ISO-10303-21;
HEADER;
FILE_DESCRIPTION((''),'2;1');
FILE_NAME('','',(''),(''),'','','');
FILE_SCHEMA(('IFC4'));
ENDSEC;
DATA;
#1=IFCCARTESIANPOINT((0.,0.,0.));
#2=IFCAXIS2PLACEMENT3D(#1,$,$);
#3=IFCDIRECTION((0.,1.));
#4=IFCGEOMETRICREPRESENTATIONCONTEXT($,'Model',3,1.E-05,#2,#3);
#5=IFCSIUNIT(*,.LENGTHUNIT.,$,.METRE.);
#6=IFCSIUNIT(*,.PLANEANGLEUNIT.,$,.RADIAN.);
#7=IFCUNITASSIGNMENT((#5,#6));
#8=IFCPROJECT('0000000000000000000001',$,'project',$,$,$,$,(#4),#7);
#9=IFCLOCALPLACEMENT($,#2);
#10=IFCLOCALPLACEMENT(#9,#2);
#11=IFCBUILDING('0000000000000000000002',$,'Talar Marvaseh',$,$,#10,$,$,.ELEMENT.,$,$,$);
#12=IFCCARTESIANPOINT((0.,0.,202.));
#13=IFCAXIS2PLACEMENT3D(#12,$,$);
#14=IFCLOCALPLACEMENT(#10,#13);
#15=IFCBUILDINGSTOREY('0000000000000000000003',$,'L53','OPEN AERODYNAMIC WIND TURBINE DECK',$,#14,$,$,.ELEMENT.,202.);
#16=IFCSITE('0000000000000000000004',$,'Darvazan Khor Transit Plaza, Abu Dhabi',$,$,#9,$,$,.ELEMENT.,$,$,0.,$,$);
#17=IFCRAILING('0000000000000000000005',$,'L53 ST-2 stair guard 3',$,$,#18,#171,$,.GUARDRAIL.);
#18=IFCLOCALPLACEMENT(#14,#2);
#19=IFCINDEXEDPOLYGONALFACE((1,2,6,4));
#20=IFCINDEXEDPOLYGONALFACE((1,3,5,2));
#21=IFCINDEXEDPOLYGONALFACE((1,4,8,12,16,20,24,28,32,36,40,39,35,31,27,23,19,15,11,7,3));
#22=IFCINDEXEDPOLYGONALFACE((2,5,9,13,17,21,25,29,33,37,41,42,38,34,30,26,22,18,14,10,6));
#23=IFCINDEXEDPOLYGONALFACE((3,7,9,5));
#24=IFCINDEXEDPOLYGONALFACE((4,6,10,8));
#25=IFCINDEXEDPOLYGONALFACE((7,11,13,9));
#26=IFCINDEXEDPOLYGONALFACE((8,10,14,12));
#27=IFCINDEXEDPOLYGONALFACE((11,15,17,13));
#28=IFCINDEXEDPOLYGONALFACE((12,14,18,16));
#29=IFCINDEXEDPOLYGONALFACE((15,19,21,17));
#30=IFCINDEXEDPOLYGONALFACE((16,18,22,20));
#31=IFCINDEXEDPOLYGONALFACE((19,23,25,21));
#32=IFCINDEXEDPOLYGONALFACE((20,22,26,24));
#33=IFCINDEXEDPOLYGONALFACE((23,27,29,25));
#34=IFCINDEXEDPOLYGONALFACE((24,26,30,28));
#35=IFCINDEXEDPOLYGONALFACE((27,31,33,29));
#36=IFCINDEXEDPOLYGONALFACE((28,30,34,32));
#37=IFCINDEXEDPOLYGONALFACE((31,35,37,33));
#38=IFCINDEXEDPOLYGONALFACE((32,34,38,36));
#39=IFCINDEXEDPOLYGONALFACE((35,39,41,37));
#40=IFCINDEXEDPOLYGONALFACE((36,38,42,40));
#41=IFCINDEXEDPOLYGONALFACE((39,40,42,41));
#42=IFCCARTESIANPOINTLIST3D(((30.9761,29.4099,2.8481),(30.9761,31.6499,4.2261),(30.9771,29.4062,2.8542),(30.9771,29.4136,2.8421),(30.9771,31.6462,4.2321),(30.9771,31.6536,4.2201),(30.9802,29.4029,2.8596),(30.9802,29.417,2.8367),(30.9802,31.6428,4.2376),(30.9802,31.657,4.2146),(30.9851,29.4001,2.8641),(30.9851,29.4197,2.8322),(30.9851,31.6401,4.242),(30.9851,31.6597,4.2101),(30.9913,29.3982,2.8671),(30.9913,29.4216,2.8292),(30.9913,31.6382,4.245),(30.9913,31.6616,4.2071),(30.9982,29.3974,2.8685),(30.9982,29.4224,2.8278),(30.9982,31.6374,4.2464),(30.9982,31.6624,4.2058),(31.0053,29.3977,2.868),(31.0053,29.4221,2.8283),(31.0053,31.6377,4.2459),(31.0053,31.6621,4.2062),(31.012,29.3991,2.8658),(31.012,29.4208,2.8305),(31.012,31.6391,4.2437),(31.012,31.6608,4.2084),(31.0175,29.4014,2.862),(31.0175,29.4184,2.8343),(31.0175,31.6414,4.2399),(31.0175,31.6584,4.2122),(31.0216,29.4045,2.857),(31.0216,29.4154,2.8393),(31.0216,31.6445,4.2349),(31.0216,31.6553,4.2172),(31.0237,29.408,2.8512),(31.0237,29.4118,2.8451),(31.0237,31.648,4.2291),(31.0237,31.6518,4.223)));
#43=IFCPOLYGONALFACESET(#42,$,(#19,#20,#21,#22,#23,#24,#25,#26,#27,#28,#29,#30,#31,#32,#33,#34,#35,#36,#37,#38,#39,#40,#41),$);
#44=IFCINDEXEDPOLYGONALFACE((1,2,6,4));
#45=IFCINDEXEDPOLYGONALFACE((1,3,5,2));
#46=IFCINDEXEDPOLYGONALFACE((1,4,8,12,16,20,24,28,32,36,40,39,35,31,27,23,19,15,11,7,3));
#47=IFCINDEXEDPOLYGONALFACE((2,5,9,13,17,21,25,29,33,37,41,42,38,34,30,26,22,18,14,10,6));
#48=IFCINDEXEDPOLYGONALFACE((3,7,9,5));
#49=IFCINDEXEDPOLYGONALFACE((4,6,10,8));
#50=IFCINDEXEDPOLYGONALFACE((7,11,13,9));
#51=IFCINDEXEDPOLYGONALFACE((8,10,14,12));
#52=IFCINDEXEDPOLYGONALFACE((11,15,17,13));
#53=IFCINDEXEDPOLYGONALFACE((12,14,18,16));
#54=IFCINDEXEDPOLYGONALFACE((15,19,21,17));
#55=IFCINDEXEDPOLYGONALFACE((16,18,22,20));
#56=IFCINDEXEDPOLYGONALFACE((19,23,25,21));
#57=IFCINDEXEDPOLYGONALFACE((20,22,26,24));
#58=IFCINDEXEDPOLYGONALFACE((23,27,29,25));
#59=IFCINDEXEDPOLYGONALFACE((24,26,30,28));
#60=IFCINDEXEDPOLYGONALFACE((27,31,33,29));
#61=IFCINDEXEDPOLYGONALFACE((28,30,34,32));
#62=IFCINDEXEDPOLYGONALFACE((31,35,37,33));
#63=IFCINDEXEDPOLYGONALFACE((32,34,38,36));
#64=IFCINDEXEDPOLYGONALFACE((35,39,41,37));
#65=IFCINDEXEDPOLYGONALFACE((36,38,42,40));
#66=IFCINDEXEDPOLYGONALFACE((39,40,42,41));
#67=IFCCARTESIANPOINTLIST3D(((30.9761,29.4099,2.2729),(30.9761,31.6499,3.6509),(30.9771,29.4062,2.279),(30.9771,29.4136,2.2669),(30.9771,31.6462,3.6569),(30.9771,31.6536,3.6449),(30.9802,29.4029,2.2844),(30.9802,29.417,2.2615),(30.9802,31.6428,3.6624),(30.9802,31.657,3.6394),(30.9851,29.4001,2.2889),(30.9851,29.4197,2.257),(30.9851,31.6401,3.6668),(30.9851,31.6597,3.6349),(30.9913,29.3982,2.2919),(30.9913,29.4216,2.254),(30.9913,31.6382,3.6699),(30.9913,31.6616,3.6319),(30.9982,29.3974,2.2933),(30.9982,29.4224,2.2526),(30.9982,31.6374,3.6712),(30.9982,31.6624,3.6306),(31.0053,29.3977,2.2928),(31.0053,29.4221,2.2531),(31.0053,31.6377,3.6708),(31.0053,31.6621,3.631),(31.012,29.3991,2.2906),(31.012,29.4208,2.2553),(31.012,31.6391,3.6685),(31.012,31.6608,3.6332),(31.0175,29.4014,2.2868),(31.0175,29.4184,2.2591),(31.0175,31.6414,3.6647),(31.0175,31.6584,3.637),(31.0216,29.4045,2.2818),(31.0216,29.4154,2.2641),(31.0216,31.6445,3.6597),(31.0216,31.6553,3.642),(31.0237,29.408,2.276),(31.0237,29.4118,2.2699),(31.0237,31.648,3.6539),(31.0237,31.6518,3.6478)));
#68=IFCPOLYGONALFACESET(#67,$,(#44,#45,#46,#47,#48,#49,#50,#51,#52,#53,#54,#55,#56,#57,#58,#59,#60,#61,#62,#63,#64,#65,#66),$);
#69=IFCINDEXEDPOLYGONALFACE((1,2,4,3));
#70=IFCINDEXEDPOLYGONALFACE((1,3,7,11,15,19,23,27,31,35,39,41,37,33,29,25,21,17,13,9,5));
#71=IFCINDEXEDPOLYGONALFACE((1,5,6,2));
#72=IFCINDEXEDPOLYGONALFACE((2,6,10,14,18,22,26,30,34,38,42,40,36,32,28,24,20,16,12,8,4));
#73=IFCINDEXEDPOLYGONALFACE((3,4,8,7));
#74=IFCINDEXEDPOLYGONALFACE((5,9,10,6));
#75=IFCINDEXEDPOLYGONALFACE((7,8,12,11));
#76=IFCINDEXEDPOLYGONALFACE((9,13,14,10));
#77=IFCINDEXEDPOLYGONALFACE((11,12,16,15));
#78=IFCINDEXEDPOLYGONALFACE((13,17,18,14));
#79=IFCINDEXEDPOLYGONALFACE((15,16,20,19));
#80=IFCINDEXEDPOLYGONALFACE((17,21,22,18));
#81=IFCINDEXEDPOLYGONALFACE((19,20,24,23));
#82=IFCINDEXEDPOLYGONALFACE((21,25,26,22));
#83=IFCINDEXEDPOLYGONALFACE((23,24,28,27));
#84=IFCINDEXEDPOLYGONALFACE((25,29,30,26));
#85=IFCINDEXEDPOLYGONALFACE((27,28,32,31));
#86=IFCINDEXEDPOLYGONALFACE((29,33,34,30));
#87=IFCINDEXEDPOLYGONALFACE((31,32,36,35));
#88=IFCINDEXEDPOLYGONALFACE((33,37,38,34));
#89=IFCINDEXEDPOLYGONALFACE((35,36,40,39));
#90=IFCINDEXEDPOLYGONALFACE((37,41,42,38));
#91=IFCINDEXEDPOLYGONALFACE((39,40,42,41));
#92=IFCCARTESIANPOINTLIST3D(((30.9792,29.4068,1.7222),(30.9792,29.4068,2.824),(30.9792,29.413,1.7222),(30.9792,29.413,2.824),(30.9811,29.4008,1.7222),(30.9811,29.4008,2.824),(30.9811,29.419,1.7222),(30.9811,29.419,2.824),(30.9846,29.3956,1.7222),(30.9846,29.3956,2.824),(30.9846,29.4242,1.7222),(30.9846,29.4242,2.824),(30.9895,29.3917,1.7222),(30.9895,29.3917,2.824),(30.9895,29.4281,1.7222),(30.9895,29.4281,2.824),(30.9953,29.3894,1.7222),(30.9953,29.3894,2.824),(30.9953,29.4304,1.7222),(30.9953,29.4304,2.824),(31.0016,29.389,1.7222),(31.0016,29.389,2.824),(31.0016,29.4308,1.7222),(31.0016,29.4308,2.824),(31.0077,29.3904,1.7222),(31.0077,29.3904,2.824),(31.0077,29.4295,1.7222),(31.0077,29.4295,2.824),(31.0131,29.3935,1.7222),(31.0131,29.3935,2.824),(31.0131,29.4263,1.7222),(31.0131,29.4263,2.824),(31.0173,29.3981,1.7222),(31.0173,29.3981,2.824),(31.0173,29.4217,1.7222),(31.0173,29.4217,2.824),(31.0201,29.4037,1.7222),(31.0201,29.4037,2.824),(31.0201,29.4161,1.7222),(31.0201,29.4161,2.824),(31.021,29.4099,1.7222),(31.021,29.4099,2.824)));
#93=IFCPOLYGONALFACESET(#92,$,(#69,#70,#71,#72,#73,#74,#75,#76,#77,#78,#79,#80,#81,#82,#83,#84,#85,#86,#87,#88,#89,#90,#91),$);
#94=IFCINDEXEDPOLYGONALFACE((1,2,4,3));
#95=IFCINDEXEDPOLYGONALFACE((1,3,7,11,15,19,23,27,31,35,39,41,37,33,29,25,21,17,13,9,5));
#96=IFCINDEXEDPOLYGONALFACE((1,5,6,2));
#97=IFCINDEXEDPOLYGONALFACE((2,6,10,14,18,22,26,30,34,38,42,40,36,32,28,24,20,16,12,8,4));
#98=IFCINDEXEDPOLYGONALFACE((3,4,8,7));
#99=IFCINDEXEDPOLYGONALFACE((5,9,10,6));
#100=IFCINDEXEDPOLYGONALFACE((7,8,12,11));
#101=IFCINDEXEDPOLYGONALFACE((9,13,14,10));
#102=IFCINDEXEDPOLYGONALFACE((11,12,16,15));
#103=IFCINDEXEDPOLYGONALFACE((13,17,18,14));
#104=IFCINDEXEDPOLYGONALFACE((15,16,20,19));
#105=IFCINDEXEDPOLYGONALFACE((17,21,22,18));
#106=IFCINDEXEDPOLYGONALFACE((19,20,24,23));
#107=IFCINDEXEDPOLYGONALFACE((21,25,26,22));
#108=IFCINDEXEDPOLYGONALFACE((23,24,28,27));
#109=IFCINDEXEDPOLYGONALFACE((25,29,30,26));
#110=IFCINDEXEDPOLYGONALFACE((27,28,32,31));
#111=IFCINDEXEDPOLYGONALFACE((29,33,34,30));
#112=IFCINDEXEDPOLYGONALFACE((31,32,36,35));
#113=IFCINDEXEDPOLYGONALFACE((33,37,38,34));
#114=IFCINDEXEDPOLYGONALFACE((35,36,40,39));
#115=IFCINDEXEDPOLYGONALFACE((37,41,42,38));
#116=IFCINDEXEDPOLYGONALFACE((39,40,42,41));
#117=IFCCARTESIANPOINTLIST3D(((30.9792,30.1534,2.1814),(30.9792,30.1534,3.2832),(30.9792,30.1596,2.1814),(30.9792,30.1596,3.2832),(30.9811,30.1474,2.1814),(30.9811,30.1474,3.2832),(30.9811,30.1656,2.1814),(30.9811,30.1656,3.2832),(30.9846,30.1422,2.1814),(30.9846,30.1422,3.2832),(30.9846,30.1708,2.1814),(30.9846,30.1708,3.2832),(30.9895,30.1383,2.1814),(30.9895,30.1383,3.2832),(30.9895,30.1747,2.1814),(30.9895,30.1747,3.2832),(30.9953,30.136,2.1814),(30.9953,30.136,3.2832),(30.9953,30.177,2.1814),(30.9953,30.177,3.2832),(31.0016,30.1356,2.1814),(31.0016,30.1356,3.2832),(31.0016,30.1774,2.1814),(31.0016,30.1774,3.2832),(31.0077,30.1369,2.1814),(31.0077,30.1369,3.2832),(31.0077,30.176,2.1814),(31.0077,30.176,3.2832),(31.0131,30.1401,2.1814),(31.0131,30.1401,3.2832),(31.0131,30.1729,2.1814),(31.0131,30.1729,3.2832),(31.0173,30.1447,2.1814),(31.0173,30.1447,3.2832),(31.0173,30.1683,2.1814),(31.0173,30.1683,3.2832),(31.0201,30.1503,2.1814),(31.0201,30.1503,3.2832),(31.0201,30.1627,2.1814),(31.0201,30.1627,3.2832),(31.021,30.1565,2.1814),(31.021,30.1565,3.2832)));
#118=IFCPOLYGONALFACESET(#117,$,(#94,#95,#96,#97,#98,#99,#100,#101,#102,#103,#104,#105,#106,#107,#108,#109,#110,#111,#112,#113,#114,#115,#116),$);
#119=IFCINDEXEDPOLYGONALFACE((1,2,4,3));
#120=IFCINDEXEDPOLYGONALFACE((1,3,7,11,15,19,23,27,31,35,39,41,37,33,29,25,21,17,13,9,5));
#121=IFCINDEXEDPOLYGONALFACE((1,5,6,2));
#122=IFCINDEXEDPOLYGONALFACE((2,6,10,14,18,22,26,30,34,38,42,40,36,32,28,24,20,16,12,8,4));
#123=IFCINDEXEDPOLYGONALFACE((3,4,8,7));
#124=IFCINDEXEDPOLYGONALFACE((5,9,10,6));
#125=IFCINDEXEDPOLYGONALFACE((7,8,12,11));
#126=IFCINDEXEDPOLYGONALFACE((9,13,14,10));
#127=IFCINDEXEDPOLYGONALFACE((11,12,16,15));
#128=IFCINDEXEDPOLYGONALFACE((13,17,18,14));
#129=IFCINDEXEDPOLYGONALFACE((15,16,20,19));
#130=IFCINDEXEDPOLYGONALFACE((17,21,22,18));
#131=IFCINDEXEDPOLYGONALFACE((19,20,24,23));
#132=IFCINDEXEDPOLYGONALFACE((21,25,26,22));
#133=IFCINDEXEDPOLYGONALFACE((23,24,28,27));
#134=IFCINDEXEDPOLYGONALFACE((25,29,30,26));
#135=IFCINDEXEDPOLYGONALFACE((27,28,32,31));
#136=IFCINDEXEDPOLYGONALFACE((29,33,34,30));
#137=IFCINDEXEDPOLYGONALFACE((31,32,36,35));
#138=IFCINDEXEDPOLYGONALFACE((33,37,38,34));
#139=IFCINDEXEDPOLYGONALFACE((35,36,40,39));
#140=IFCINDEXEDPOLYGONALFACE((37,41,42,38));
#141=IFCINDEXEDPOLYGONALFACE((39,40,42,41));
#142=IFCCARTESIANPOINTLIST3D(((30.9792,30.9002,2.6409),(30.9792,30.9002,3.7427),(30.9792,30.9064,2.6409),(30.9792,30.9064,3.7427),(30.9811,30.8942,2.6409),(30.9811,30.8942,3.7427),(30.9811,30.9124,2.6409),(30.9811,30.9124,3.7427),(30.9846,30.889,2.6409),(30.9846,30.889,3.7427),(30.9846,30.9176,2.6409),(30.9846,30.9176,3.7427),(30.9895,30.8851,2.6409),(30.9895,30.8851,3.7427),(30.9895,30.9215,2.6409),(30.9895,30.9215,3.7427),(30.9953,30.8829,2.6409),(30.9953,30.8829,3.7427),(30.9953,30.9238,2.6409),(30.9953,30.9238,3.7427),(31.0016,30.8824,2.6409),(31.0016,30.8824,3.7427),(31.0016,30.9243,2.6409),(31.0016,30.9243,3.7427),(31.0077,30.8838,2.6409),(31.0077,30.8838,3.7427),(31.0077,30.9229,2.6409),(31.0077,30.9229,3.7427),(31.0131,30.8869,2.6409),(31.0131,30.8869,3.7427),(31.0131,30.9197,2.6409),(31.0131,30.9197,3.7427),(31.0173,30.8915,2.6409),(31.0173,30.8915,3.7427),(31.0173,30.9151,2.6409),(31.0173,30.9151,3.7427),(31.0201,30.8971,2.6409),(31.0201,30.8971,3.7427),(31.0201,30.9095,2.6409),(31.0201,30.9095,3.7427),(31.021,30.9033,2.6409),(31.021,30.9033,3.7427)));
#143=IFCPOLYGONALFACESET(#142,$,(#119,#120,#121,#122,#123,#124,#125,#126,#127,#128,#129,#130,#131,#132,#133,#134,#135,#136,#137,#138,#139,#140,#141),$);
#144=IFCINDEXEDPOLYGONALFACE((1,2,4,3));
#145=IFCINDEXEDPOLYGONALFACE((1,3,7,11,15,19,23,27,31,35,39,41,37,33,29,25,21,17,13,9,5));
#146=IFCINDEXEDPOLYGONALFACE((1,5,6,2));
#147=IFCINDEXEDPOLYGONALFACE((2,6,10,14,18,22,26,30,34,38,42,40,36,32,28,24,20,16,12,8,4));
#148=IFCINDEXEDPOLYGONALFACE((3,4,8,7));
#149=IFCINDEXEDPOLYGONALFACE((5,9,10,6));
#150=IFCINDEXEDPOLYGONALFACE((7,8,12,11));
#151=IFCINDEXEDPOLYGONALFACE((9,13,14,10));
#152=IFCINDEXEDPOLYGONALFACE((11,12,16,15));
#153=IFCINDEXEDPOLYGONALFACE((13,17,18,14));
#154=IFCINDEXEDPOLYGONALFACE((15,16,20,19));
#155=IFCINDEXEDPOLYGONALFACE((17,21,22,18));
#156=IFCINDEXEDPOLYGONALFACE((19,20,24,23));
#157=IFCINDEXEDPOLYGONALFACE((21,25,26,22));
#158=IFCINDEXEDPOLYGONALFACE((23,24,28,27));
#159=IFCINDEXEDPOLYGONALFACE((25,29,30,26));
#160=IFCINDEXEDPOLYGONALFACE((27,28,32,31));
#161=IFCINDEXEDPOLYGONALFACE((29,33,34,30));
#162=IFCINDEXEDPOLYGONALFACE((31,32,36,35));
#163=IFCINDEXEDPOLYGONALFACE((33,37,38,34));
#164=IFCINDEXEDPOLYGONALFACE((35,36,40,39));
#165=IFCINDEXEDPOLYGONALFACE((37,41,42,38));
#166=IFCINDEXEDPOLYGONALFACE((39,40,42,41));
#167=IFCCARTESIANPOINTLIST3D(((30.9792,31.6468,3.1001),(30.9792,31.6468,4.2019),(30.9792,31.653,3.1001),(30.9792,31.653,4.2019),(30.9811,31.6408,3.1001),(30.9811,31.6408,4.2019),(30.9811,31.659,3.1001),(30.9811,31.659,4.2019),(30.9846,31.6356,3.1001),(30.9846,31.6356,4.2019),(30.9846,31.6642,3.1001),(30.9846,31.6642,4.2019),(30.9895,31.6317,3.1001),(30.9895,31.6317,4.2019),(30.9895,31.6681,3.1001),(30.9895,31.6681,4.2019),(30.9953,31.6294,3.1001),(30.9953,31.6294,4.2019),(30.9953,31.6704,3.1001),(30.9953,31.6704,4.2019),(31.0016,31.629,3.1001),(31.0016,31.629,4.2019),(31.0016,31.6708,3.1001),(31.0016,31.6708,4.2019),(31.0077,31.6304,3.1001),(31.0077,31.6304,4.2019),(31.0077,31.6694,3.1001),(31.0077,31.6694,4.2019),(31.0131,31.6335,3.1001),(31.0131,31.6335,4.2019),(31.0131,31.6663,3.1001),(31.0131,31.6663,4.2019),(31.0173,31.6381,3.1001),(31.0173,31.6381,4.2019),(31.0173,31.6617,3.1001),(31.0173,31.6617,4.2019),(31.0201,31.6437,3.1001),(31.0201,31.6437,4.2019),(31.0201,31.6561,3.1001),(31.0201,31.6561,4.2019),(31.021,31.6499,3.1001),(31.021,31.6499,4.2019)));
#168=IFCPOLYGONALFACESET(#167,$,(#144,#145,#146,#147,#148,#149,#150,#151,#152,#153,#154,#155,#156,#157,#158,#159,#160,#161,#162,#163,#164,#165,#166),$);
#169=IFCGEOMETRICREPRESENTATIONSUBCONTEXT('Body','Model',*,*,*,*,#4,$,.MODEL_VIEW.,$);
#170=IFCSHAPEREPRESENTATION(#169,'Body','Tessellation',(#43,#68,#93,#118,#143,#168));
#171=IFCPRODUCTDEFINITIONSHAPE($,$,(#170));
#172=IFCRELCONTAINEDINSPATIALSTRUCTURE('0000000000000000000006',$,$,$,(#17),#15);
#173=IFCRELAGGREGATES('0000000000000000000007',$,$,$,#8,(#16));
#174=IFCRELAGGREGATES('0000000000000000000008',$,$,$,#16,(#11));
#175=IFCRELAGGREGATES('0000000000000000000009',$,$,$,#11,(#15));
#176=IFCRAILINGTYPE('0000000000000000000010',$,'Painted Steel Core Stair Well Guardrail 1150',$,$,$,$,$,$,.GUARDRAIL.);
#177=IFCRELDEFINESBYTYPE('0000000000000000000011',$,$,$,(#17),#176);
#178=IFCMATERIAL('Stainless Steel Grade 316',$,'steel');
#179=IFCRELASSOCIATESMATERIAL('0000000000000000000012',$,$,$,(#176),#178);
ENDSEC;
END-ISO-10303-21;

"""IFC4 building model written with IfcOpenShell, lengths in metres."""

from ifc_helpers import new_model, si_unit, direction, frame, origin, origin_2d, place, context, subcontext, project, spatial, circle, extrude, material, type_object, element, save


model = new_model("IFC4")

# Units and contexts
model_context = context("Model", 3, precision=1e-05, world=origin(), true_north=direction((0.0, 1.0)))
body_context = subcontext(model_context, "Body", "Model", "MODEL_VIEW")
ifc_project = project(units=[si_unit("LENGTHUNIT", "METRE"), si_unit("PLANEANGLEUNIT", "RADIAN")], contexts=[model_context])

# Site, building, storey
site_placement = place(None, origin())
site = spatial("IfcSite", under=ifc_project, at=site_placement, Name="Darvazan Khor Transit Plaza, Abu Dhabi", CompositionType="ELEMENT", RefElevation=0.0)
building_placement = place(site_placement, origin())
building = spatial("IfcBuilding", under=site, at=building_placement, Name="Talar Marvaseh", CompositionType="ELEMENT")
storey_placement = place(building_placement, frame((0.0, 0.0, 202.0)))
storey = spatial("IfcBuildingStorey", under=building, at=storey_placement, Name="L53", Description="OPEN AERODYNAMIC WIND TURBINE DECK", CompositionType="ELEMENT", Elevation=202.0)

# Railing
ifc_material_1 = material(Name="Stainless Steel Grade 316", Category="steel")
railing_type_1 = type_object("IfcRailingType", Name="Painted Steel Core Stair Well Guardrail 1150", PredefinedType="GUARDRAIL", material=ifc_material_1)
railing_1_placement = place(storey_placement, frame((31.0, 29.4099, 1.7222)))
element("IfcRailing", 1, at=railing_1_placement, inside=storey, type_object=railing_type_1, Name="L53 ST-2 stair guard 3", PredefinedType="GUARDRAIL", context=body_context, shape_type="SweptSolid", body=[
    extrude(circle(Radius=0.0239, at=origin_2d()), frame((0.0, 0.0, 1.126), z_axis=(0.0, 0.851748, 0.523952), x_axis=(-1.0, 0.0, 0.0)), (0.0, 0.0, 1.0), 2.6299),
    extrude(circle(Radius=0.0239, at=origin_2d()), frame((0.0, 0.0, 0.5508), z_axis=(0.0, 0.851748, 0.523952), x_axis=(-1.0, 0.0, 0.0)), (0.0, 0.0, 1.0), 2.6299),
    extrude(circle(Radius=0.021, at=origin_2d()), origin(), (0.0, 0.0, 1.0), 1.1018),
    extrude(circle(Radius=0.021, at=origin_2d()), frame((0.0, 0.7466, 0.4592)), (0.0, 0.0, 1.0), 1.1018),
    extrude(circle(Radius=0.021, at=origin_2d()), frame((0.0, 1.4934, 0.9187)), (0.0, 0.0, 1.0), 1.1018),
    extrude(circle(Radius=0.021, at=origin_2d()), frame((0.0, 2.24, 1.3779)), (0.0, 0.0, 1.0), 1.1018),
])

save(model, "model.ifc")
